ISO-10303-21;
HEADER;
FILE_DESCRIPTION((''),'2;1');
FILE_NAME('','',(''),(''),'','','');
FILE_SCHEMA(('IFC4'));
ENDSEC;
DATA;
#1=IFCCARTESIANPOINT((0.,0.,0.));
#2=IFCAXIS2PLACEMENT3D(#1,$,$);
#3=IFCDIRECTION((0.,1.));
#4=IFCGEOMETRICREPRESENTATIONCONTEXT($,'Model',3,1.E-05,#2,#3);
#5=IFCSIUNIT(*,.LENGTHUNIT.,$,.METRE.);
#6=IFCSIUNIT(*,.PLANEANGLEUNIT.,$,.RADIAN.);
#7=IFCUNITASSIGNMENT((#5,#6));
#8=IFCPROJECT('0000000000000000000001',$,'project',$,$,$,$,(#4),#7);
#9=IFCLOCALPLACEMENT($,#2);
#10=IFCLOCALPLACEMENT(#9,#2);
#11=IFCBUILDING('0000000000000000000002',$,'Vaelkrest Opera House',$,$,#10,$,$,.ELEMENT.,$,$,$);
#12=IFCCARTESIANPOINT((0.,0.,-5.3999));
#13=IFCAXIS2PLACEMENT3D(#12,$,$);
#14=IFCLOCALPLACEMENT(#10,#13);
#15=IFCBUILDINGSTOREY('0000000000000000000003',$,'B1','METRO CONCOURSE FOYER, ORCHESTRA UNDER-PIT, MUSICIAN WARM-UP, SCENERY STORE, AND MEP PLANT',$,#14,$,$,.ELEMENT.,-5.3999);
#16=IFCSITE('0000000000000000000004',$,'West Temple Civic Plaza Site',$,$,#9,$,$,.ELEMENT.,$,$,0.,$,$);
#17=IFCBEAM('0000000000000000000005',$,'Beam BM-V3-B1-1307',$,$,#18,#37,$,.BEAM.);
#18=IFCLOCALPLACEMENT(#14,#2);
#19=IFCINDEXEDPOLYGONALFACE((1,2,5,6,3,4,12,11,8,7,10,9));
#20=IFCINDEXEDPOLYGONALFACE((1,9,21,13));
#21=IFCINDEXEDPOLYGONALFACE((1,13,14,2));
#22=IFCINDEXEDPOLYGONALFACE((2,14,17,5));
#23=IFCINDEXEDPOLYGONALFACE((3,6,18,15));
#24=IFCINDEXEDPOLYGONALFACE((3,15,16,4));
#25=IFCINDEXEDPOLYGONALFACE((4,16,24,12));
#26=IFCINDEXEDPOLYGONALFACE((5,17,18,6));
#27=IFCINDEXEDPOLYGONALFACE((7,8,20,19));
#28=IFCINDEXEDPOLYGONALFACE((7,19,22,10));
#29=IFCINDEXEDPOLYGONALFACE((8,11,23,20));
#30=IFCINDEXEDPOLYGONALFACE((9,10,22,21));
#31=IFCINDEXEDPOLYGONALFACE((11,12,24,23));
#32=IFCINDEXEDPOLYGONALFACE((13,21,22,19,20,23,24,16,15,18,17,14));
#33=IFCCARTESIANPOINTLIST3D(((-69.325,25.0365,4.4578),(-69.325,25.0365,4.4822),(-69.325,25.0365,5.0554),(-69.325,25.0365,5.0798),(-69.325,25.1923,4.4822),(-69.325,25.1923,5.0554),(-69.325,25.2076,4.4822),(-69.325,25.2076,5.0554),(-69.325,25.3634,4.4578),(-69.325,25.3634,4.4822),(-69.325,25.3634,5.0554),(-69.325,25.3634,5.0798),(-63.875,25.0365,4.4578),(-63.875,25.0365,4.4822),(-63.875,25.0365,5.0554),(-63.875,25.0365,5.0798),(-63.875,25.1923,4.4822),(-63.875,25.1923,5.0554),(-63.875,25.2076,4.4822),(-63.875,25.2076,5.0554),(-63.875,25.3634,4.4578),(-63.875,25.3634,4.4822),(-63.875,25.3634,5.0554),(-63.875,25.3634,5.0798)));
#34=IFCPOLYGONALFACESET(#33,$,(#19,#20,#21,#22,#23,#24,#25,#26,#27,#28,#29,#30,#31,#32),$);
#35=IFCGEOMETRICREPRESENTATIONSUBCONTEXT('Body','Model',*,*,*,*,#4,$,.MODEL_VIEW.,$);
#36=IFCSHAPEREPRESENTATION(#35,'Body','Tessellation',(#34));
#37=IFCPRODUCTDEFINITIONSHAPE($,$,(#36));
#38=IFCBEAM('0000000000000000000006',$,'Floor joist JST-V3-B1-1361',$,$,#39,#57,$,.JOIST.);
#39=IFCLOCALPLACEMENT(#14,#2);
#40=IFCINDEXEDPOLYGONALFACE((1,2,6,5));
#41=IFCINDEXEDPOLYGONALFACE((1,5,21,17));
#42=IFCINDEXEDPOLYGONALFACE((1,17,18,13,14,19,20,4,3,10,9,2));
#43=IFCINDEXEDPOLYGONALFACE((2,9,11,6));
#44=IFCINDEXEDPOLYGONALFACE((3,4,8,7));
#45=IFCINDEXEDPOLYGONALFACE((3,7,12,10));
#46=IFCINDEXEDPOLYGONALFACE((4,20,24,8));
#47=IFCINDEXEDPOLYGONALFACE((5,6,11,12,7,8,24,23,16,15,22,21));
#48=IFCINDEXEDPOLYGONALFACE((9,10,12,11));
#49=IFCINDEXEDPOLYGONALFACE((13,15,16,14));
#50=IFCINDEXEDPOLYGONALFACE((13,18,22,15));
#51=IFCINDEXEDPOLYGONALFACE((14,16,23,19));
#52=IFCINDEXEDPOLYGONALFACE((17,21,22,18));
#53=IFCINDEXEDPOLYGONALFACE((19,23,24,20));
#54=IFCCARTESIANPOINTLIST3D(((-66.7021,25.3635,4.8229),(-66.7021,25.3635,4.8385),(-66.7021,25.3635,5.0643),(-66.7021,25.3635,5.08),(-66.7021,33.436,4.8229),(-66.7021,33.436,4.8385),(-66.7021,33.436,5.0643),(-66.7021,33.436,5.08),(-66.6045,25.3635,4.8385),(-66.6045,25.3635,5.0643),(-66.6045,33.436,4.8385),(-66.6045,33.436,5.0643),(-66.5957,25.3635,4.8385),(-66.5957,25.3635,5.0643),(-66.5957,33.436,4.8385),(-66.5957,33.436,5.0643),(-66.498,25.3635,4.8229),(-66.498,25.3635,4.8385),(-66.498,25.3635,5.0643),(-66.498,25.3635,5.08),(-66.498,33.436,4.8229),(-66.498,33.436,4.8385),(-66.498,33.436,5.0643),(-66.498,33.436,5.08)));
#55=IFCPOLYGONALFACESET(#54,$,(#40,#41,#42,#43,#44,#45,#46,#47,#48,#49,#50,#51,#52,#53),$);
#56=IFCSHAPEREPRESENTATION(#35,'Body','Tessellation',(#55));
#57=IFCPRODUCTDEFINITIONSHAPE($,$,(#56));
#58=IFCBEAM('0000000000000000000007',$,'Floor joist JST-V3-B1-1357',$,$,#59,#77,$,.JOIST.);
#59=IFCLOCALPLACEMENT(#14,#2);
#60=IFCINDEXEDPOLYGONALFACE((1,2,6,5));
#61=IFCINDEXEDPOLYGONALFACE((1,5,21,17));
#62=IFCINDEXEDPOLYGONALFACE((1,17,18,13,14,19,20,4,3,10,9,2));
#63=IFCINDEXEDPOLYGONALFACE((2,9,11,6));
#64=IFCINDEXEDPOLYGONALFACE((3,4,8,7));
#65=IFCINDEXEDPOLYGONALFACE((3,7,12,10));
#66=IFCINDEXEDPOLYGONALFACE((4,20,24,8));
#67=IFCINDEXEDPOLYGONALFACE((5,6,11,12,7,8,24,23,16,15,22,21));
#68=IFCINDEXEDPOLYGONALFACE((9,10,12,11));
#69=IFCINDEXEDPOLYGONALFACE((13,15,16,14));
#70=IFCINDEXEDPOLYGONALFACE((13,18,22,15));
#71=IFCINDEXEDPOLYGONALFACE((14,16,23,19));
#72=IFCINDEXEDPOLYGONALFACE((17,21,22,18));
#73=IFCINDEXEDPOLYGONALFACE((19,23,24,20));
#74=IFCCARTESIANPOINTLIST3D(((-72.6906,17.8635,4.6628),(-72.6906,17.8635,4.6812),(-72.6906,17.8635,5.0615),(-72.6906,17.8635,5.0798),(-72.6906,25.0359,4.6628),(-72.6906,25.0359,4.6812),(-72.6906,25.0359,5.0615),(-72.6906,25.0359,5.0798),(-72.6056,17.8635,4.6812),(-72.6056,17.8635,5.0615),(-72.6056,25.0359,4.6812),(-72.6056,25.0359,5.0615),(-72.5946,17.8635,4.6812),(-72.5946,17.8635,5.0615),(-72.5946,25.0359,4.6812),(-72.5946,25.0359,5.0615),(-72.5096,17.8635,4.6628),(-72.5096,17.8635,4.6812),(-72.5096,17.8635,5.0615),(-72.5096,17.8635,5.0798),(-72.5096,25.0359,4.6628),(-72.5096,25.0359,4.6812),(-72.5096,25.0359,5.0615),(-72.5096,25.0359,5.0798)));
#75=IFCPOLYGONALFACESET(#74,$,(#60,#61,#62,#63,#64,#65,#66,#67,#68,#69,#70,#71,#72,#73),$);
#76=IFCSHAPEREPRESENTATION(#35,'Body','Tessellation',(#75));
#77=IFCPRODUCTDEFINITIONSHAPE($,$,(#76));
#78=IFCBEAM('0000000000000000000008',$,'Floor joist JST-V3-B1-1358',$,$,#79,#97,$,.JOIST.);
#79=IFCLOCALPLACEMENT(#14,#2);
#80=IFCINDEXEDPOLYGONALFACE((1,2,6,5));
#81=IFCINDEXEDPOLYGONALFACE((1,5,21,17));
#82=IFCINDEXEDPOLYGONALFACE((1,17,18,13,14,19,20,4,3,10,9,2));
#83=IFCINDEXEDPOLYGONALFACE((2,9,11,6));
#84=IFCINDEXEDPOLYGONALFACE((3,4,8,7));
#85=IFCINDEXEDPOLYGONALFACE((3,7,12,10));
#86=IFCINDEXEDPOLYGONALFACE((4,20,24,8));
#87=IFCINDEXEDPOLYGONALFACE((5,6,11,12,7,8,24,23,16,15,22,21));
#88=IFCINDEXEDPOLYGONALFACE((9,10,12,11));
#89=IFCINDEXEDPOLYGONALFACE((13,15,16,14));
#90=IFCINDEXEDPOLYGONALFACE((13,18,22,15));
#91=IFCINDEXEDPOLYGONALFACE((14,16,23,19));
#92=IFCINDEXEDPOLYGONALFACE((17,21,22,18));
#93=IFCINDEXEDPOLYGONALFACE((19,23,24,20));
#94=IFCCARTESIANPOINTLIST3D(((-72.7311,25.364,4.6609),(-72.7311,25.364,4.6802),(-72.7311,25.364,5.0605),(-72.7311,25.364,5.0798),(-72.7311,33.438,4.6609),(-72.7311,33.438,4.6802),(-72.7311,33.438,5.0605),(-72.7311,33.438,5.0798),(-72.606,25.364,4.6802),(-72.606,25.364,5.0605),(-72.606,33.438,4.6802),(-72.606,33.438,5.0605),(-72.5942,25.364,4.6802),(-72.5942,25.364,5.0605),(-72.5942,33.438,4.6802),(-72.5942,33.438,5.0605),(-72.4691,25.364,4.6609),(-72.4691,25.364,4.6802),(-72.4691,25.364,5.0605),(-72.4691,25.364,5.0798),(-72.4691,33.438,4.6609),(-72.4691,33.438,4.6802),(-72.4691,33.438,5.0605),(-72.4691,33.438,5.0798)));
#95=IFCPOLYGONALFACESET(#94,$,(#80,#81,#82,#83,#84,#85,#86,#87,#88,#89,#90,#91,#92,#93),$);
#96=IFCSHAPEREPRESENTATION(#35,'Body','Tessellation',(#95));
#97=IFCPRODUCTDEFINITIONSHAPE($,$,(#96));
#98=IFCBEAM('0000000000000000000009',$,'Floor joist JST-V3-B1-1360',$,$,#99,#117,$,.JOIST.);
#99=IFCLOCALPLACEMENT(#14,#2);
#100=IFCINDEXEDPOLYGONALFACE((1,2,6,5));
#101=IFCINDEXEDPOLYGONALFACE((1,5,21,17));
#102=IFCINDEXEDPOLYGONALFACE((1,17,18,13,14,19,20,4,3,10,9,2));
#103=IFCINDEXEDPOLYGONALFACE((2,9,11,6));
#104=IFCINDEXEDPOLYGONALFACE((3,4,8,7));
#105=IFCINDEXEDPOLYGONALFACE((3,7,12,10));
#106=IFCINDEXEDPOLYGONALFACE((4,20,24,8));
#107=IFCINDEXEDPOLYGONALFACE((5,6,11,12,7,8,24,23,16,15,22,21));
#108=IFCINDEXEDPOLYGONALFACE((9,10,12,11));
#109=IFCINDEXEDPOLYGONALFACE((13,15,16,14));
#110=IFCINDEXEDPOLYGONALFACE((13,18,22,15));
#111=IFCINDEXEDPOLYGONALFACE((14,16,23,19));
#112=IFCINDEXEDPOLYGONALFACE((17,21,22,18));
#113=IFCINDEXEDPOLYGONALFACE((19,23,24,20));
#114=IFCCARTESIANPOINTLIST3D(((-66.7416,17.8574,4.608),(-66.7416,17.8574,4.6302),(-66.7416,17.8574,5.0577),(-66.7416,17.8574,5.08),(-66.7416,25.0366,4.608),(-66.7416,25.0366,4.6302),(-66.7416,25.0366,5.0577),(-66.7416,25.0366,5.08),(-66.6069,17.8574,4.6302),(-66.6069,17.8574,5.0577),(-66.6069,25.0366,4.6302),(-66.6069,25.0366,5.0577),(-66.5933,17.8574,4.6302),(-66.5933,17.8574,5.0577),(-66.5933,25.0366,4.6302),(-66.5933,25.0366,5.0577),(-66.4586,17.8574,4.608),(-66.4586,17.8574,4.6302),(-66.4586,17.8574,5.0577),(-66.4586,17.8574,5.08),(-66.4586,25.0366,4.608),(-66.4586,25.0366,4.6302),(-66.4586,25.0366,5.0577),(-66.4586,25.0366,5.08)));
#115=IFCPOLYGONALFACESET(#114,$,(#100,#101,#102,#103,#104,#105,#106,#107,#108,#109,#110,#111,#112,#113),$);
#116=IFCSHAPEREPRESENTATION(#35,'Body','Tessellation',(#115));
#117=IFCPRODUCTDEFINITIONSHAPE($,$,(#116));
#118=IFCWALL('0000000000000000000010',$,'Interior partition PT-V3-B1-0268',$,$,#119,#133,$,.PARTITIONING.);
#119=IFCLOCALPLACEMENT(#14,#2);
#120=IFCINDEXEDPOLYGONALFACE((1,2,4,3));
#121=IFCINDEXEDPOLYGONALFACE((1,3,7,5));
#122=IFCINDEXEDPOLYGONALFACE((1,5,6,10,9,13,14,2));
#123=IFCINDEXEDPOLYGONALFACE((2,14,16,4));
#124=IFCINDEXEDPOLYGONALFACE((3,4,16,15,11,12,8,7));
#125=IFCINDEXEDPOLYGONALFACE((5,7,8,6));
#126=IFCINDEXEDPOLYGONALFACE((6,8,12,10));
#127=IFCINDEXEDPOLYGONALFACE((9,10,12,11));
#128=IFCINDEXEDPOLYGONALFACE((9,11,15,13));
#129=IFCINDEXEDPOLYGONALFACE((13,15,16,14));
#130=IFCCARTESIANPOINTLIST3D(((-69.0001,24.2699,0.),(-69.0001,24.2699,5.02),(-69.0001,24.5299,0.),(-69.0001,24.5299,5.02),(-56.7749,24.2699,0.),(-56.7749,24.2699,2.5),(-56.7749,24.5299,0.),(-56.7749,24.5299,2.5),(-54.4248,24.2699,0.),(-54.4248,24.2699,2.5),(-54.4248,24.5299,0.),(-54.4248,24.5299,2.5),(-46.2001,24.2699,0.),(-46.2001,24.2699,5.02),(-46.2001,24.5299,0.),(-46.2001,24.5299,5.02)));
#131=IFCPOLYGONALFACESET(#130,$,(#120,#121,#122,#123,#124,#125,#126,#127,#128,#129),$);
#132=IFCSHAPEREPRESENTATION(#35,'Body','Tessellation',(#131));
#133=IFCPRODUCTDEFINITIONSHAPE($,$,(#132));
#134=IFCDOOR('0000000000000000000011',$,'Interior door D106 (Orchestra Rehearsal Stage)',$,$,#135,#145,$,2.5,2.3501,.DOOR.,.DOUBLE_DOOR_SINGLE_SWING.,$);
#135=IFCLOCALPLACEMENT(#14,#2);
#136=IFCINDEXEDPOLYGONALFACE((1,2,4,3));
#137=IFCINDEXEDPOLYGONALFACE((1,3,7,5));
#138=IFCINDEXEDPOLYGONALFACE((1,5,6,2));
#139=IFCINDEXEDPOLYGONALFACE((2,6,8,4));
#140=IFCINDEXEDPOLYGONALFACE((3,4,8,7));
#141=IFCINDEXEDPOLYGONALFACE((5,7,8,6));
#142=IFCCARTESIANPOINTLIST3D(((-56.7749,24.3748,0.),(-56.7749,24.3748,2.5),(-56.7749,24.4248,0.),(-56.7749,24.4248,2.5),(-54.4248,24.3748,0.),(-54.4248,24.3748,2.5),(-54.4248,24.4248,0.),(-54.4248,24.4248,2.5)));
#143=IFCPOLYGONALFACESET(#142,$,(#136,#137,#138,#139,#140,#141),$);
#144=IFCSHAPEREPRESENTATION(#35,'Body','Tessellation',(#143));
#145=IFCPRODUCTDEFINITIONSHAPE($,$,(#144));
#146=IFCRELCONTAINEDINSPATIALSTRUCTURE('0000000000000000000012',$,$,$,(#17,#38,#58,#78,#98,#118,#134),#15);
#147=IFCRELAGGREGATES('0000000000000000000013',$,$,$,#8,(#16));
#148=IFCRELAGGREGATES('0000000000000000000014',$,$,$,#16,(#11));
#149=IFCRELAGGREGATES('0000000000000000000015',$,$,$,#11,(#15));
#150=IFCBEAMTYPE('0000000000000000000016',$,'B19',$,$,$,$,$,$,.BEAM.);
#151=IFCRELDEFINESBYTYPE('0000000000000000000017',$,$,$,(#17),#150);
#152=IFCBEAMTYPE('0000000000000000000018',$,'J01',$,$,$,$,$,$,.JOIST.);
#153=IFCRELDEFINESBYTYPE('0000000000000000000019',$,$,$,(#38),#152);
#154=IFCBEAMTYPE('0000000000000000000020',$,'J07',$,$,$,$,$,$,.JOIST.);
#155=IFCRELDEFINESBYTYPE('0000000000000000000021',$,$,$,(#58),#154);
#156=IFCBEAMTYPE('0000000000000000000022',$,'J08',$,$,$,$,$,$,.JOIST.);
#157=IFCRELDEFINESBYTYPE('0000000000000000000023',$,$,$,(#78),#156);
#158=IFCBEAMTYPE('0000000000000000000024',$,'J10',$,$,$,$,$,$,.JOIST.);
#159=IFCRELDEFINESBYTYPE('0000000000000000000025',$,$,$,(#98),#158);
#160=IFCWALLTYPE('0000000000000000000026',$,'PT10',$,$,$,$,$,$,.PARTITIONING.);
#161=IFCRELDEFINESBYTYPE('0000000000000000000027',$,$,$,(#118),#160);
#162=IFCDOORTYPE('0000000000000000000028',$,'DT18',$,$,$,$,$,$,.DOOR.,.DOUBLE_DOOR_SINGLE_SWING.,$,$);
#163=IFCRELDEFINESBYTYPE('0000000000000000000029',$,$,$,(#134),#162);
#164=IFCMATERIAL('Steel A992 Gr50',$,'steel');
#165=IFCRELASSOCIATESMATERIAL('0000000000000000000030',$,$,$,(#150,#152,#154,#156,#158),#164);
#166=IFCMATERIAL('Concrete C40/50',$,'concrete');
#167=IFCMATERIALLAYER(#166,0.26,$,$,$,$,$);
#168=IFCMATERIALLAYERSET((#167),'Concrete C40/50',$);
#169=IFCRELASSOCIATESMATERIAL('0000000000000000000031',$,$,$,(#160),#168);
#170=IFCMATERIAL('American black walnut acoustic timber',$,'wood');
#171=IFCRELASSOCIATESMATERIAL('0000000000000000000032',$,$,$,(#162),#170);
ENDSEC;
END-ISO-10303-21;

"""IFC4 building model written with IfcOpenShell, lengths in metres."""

from ifc_helpers import new_model, si_unit, direction, frame, frame_2d, origin, origin_2d, place, context, subcontext, project, spatial, rectangle, i_section, extrude, material, layer, layer_set, material_profile, profile_set, type_object, element, fill, save


model = new_model("IFC4")

# Units and contexts
model_context = context("Model", 3, precision=1e-05, world=origin(), true_north=direction((0.0, 1.0)))
body_context = subcontext(model_context, "Body", "Model", "MODEL_VIEW")
ifc_project = project(units=[si_unit("LENGTHUNIT", "METRE"), si_unit("PLANEANGLEUNIT", "RADIAN")], contexts=[model_context])

# Site, building, storey
site_placement = place(None, origin())
site = spatial("IfcSite", under=ifc_project, at=site_placement, Name="West Temple Civic Plaza Site", CompositionType="ELEMENT", RefElevation=0.0)
building_placement = place(site_placement, origin())
building = spatial("IfcBuilding", under=site, at=building_placement, Name="Vaelkrest Opera House", CompositionType="ELEMENT")
storey_placement = place(building_placement, frame((0.0, 0.0, -5.3999)))
storey = spatial("IfcBuildingStorey", under=building, at=storey_placement, Name="B1", Description="METRO CONCOURSE FOYER, ORCHESTRA UNDER-PIT, MUSICIAN WARM-UP, SCENERY STORE, AND MEP PLANT", CompositionType="ELEMENT", Elevation=-5.3999)

# Shared definitions
ifc_material_1 = material(Name="Concrete C40/50", Category="concrete")

# Beams
ifc_material_2 = material(Name="Steel A992 Gr50", Category="steel")
ifc_material_profile_1 = material_profile(ifc_material_2, i_section(OverallWidth=0.3269, OverallDepth=0.6221, WebThickness=0.0154, FlangeThickness=0.0244, at=origin_2d()), Name="W24X131")
ifc_profile_set_1 = profile_set([ifc_material_profile_1], Name="Steel A992 Gr50")
beam_type_1 = type_object("IfcBeamType", Name="B19", PredefinedType="BEAM", material=ifc_profile_set_1)
beam_1_placement = place(storey_placement, frame((-69.325, 25.2, 4.7688), z_axis=(1.0, 0.0, 0.0), x_axis=(0.0, 1.0, 0.0)))
element("IfcBeam", 1, at=beam_1_placement, inside=storey, type_object=beam_type_1, Name="Beam BM-V3-B1-1307", PredefinedType="BEAM", context=body_context, shape_type="SweptSolid", body=[
    extrude(i_section(OverallWidth=0.3269, OverallDepth=0.6221, WebThickness=0.0154, FlangeThickness=0.0244, at=origin_2d()), origin(), (0.0, 0.0, 1.0), 5.45),
])
ifc_material_profile_2 = material_profile(ifc_material_2, i_section(OverallWidth=0.2041, OverallDepth=0.2571, WebThickness=0.0088, FlangeThickness=0.0156, at=origin_2d()), Name="W10X45")
ifc_profile_set_2 = profile_set([ifc_material_profile_2], Name="Steel A992 Gr50")
beam_type_2 = type_object("IfcBeamType", Name="J01", PredefinedType="JOIST", material=ifc_profile_set_2)
beam_2_placement = place(storey_placement, frame((-66.6001, 25.3635, 4.9514), z_axis=(0.0, 1.0, 0.0), x_axis=(-1.0, 0.0, 0.0)))
element("IfcBeam", 2, at=beam_2_placement, inside=storey, type_object=beam_type_2, Name="Floor joist JST-V3-B1-1361", PredefinedType="JOIST", context=body_context, shape_type="SweptSolid", body=[
    extrude(i_section(OverallWidth=0.2041, OverallDepth=0.2571, WebThickness=0.0088, FlangeThickness=0.0156, at=origin_2d()), origin(), (0.0, 0.0, 1.0), 8.0725),
])
ifc_material_profile_3 = material_profile(ifc_material_2, i_section(OverallWidth=0.1809, OverallDepth=0.417, WebThickness=0.011, FlangeThickness=0.0183, at=origin_2d()), Name="W16X57")
ifc_profile_set_3 = profile_set([ifc_material_profile_3], Name="Steel A992 Gr50")
beam_type_3 = type_object("IfcBeamType", Name="J07", PredefinedType="JOIST", material=ifc_profile_set_3)
beam_3_placement = place(storey_placement, frame((-72.6001, 17.8635, 4.8713), z_axis=(0.0, 1.0, 0.0), x_axis=(-1.0, 0.0, 0.0)))
element("IfcBeam", 3, at=beam_3_placement, inside=storey, type_object=beam_type_3, Name="Floor joist JST-V3-B1-1357", PredefinedType="JOIST", context=body_context, shape_type="SweptSolid", body=[
    extrude(i_section(OverallWidth=0.1809, OverallDepth=0.417, WebThickness=0.011, FlangeThickness=0.0183, at=origin_2d()), origin(), (0.0, 0.0, 1.0), 7.1724),
])
ifc_material_profile_4 = material_profile(ifc_material_2, i_section(OverallWidth=0.262, OverallDepth=0.4189, WebThickness=0.0117, FlangeThickness=0.0193, at=origin_2d()), Name="W16X77")
ifc_profile_set_4 = profile_set([ifc_material_profile_4], Name="Steel A992 Gr50")
beam_type_4 = type_object("IfcBeamType", Name="J08", PredefinedType="JOIST", material=ifc_profile_set_4)
beam_4_placement = place(storey_placement, frame((-72.6001, 25.364, 4.8704), z_axis=(0.0, 1.0, 0.0), x_axis=(-1.0, 0.0, 0.0)))
element("IfcBeam", 4, at=beam_4_placement, inside=storey, type_object=beam_type_4, Name="Floor joist JST-V3-B1-1358", PredefinedType="JOIST", context=body_context, shape_type="SweptSolid", body=[
    extrude(i_section(OverallWidth=0.262, OverallDepth=0.4189, WebThickness=0.0117, FlangeThickness=0.0193, at=origin_2d()), origin(), (0.0, 0.0, 1.0), 8.074),
])
ifc_material_profile_5 = material_profile(ifc_material_2, i_section(OverallWidth=0.283, OverallDepth=0.4719, WebThickness=0.0137, FlangeThickness=0.0222, at=origin_2d()), Name="W18X97")
ifc_profile_set_5 = profile_set([ifc_material_profile_5], Name="Steel A992 Gr50")
beam_type_5 = type_object("IfcBeamType", Name="J10", PredefinedType="JOIST", material=ifc_profile_set_5)
beam_5_placement = place(storey_placement, frame((-66.6001, 17.8574, 4.844), z_axis=(0.0, 1.0, 0.0), x_axis=(-1.0, 0.0, 0.0)))
element("IfcBeam", 5, at=beam_5_placement, inside=storey, type_object=beam_type_5, Name="Floor joist JST-V3-B1-1360", PredefinedType="JOIST", context=body_context, shape_type="SweptSolid", body=[
    extrude(i_section(OverallWidth=0.283, OverallDepth=0.4719, WebThickness=0.0137, FlangeThickness=0.0222, at=origin_2d()), origin(), (0.0, 0.0, 1.0), 7.1792),
])

# Wall, opening, door
ifc_layer = layer(ifc_material_1, 0.26)
ifc_layer_set = layer_set([ifc_layer], Name="Concrete C40/50")
wall_type = type_object("IfcWallType", Name="PT10", PredefinedType="PARTITIONING", material=ifc_layer_set)
wall_placement = place(storey_placement, frame((-69.0, 24.3999, 0.0), z_axis=(0.0, 0.0, 1.0), x_axis=(1.0, 0.0, 0.0)))
wall = element("IfcWall", 6, at=wall_placement, inside=storey, type_object=wall_type, Name="Interior partition PT-V3-B1-0268", PredefinedType="PARTITIONING", context=body_context, shape_type="SweptSolid", body=[
    extrude(rectangle(XDim=22.8, YDim=0.26, at=frame_2d((11.3999, 0.0))), origin(), (0.0, 0.0, 1.0), 5.02),
])
opening_placement = place(wall_placement, frame((12.2251, 0.0, 0.0)))
opening = element("IfcOpeningElement", 7, at=opening_placement, cuts=wall, PredefinedType="OPENING", context=body_context, shape_type="SweptSolid", body=[
    extrude(rectangle(XDim=2.3501, YDim=2.5, at=frame_2d((1.175, 1.25))), frame((0.0, 0.1399, 0.0), z_axis=(0.0, -1.0, 0.0), x_axis=(1.0, 0.0, 0.0)), (0.0, 0.0, 1.0), 0.28),
])
ifc_material_3 = material(Name="American black walnut acoustic timber", Category="wood")
door_type = type_object("IfcDoorType", Name="DT18", OperationType="DOUBLE_DOOR_SINGLE_SWING", PredefinedType="DOOR", material=ifc_material_3)
door_placement = place(opening_placement, origin())
door = element("IfcDoor", 8, at=door_placement, inside=storey, type_object=door_type, Name="Interior door D106 (Orchestra Rehearsal Stage)", OperationType="DOUBLE_DOOR_SINGLE_SWING", OverallHeight=2.5, OverallWidth=2.3501, PredefinedType="DOOR", context=body_context, shape_type="SweptSolid", body=[
    extrude(rectangle(XDim=2.3501, YDim=2.5, at=frame_2d((1.175, 1.25))), frame((0.0, 0.0249, 0.0), z_axis=(0.0, -1.0, 0.0), x_axis=(1.0, 0.0, 0.0)), (0.0, 0.0, 1.0), 0.05),
])
fill(opening, door)

save(model, "model.ifc")
